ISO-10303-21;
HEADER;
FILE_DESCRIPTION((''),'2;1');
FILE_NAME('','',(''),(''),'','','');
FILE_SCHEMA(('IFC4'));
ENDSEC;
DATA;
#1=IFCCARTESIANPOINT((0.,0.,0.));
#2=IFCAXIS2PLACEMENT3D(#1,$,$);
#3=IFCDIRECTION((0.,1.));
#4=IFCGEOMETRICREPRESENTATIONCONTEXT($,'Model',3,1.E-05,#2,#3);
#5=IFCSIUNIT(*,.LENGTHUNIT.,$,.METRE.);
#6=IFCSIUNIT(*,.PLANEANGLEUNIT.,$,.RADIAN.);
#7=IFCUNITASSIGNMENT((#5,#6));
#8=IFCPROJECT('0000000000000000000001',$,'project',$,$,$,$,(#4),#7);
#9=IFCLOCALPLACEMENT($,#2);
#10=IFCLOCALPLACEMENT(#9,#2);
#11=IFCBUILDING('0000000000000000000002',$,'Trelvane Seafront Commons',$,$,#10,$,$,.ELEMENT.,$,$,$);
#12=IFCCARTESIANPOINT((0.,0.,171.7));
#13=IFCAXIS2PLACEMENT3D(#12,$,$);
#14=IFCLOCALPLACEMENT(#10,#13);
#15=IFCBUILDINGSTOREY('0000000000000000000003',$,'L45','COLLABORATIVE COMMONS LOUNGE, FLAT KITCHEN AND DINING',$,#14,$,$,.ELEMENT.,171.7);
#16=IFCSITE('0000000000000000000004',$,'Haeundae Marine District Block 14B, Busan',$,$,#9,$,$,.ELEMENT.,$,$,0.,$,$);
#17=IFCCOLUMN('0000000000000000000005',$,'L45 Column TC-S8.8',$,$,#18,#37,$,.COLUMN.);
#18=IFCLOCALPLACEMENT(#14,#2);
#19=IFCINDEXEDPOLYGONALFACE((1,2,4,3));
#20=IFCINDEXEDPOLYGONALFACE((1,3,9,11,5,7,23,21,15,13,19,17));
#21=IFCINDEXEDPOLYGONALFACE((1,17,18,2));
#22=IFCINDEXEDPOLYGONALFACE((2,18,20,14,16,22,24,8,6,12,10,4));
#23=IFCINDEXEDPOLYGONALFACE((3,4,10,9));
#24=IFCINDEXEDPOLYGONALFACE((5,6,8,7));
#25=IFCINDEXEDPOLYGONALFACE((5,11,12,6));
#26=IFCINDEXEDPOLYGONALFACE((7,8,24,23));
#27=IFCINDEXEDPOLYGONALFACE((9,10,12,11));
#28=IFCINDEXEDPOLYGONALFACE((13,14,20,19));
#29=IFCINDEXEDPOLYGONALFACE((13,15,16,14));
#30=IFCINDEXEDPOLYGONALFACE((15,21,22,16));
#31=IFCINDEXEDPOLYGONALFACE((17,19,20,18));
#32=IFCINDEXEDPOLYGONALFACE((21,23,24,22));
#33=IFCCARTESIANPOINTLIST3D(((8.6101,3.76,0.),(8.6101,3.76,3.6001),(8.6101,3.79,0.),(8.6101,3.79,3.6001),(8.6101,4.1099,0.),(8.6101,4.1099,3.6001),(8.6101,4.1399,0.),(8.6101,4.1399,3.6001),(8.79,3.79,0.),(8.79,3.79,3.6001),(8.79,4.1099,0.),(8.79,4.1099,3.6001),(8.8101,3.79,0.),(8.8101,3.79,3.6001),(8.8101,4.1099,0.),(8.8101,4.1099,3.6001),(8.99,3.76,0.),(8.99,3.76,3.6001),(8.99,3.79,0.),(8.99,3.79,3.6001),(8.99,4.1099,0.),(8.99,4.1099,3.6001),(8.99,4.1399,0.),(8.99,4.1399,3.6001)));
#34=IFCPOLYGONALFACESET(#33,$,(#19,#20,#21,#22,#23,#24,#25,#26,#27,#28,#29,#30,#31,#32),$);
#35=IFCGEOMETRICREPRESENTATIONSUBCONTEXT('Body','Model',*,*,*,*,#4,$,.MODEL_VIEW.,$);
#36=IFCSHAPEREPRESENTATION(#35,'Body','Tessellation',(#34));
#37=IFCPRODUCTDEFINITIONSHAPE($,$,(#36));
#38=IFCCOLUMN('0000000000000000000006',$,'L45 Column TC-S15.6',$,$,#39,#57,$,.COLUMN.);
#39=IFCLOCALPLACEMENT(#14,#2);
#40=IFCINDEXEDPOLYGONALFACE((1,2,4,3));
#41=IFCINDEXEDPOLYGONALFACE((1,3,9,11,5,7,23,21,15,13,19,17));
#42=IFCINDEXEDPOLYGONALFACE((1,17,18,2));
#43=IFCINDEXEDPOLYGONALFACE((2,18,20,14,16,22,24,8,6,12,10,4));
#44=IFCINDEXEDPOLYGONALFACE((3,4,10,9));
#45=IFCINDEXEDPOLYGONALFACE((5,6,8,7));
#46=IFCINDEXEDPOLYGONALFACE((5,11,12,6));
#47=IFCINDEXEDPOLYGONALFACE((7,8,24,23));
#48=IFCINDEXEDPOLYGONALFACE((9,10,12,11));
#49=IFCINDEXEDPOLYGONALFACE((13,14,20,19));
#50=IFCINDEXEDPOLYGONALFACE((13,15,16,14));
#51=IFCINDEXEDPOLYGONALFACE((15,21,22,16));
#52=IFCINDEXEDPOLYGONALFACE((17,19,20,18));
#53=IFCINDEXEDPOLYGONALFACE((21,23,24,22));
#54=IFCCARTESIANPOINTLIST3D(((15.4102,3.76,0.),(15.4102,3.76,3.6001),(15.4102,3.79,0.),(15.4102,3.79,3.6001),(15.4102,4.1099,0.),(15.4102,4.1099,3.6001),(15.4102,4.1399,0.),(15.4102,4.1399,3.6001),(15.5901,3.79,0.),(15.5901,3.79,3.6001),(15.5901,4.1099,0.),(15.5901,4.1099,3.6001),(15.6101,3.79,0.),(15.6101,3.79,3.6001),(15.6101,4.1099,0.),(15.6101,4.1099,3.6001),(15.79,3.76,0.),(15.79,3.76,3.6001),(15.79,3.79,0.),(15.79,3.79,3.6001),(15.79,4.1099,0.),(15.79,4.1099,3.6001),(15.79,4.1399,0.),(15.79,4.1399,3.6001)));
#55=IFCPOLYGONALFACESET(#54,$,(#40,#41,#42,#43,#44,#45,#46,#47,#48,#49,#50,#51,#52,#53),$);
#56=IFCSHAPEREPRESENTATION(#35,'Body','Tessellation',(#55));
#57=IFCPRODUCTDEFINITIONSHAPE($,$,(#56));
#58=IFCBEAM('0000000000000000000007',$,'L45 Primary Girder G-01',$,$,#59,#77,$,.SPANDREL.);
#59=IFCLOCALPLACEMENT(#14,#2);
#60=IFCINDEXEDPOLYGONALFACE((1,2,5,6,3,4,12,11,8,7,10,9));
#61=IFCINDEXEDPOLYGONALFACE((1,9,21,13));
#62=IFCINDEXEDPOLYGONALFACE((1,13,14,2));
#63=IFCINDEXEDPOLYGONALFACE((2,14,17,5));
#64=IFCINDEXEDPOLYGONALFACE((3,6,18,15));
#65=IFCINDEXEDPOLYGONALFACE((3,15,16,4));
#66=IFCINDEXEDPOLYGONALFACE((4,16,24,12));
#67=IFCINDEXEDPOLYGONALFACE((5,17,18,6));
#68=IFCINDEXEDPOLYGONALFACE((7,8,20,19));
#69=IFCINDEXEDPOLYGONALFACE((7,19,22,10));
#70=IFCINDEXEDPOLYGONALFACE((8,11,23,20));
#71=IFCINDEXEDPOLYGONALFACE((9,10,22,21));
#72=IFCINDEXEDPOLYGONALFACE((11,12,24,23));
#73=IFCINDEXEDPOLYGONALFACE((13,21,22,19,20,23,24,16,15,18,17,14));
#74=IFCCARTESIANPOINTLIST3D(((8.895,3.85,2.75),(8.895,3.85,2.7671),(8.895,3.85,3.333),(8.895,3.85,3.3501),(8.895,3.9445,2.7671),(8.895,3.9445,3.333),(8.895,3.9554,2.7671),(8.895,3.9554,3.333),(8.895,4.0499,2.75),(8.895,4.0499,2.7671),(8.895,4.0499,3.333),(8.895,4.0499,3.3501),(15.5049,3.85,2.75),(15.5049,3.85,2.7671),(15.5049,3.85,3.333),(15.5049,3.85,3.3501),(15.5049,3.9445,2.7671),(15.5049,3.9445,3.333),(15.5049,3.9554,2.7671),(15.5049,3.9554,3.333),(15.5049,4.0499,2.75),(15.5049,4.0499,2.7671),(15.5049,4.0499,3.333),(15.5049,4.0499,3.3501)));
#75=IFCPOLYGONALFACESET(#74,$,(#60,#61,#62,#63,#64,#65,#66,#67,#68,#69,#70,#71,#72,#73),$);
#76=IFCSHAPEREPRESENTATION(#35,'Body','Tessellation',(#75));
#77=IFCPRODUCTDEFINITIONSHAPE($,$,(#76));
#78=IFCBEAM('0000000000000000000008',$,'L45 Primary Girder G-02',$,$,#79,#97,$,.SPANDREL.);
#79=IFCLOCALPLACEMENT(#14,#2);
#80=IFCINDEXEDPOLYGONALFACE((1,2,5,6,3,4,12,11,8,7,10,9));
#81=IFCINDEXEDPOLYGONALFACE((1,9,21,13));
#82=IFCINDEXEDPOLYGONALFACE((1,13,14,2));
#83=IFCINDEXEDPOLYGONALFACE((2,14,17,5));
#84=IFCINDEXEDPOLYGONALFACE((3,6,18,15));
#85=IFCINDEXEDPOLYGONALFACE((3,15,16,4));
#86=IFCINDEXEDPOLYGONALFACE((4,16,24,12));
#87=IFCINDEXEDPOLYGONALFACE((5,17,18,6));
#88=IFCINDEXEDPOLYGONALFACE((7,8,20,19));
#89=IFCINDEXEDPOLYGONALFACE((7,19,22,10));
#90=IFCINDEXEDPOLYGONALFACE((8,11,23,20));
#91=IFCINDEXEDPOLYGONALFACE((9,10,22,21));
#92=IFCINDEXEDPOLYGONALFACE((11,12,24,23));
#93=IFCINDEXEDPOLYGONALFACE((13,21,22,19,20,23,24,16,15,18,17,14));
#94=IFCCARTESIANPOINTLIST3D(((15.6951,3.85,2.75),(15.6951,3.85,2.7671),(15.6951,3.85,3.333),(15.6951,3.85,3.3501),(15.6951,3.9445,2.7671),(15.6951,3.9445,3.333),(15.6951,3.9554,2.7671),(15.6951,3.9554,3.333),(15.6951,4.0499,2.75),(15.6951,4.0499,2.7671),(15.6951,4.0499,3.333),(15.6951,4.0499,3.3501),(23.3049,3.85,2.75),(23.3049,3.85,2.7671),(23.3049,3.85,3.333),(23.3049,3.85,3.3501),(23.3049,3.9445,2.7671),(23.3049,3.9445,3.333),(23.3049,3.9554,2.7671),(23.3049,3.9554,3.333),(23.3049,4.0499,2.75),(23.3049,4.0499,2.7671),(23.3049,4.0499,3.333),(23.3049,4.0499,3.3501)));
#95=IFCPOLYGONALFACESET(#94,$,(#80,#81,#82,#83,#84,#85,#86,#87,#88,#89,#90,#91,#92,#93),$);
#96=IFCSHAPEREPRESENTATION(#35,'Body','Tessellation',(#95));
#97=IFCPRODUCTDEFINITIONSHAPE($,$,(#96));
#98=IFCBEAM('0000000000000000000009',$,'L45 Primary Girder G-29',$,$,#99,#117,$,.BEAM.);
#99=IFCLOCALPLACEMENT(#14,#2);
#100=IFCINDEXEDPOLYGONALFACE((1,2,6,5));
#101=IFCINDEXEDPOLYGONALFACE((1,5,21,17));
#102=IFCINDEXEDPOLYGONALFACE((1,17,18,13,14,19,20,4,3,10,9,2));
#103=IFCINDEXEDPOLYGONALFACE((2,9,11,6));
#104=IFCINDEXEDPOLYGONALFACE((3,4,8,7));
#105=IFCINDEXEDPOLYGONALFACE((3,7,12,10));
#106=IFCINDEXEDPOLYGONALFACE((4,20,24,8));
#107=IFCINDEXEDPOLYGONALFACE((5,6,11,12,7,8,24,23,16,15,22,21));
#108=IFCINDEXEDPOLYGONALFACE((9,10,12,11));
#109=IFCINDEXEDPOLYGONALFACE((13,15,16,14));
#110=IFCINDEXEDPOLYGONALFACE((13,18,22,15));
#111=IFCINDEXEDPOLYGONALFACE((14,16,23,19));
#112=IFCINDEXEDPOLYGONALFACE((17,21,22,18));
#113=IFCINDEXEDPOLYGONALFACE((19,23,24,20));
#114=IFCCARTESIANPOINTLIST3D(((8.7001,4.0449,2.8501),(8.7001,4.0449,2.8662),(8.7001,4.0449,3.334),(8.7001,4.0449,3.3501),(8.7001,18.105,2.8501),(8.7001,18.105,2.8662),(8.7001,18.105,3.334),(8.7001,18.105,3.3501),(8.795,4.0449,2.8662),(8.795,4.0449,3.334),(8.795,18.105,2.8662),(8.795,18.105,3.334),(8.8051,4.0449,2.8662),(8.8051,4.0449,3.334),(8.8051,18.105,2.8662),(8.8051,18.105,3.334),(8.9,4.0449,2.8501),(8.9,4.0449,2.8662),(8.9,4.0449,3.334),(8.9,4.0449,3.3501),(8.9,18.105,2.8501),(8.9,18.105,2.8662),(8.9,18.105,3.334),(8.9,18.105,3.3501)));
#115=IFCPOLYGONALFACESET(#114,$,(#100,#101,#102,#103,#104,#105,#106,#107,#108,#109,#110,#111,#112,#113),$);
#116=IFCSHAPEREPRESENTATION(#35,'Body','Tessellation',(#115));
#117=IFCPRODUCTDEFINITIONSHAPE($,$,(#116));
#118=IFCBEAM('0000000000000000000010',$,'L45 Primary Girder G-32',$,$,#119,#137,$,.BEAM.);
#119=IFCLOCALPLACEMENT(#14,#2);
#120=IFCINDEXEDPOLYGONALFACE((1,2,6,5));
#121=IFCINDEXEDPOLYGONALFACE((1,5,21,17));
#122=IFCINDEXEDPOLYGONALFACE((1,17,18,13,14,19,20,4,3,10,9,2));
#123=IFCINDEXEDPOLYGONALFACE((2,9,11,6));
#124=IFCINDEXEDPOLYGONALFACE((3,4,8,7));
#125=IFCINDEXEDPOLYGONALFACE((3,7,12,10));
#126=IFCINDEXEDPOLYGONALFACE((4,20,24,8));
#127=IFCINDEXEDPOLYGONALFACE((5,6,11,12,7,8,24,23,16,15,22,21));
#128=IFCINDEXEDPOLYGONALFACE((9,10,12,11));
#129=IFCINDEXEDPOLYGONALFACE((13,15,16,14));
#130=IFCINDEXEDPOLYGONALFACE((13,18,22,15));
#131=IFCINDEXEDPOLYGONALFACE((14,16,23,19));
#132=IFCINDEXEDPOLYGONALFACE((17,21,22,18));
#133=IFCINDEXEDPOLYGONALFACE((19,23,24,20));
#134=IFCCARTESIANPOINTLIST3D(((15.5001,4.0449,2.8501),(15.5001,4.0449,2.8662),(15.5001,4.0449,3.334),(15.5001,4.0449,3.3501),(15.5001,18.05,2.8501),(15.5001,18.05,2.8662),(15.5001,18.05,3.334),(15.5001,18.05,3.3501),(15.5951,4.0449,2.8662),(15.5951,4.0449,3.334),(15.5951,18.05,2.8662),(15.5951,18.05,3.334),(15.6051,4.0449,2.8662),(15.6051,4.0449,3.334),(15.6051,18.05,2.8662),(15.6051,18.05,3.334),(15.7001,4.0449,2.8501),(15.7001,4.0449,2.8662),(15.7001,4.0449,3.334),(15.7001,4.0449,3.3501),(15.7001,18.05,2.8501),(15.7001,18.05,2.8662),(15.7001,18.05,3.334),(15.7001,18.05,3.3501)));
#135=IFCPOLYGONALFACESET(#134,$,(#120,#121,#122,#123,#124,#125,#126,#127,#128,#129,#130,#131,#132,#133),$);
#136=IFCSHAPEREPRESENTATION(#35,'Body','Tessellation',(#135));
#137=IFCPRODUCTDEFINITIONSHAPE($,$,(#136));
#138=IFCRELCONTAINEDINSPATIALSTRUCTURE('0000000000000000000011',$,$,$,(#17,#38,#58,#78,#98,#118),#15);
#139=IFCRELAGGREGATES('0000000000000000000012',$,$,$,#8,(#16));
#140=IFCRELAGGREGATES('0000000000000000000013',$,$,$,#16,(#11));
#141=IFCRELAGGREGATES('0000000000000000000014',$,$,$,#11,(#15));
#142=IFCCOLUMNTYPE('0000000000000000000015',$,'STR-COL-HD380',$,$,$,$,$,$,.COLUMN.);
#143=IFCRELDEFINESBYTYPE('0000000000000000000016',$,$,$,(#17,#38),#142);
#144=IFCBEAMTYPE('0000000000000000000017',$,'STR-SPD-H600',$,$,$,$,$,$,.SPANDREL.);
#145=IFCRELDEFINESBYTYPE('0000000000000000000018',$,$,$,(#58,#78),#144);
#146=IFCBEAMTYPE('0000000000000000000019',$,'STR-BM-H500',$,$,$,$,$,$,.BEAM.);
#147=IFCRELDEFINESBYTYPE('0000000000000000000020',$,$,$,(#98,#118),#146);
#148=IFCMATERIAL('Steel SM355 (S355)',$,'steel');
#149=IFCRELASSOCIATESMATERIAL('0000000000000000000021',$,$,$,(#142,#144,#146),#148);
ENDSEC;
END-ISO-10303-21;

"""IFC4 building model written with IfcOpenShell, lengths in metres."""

from ifc_helpers import new_model, si_unit, direction, frame, origin, origin_2d, place, context, subcontext, project, spatial, i_section, extrude, source, transform, mapped, material, material_profile, profile_set, type_object, element, save


model = new_model("IFC4")

# Units and contexts
model_context = context("Model", 3, precision=1e-05, world=origin(), true_north=direction((0.0, 1.0)))
body_context = subcontext(model_context, "Body", "Model", "MODEL_VIEW")
ifc_project = project(units=[si_unit("LENGTHUNIT", "METRE"), si_unit("PLANEANGLEUNIT", "RADIAN")], contexts=[model_context])

# Site, building, storey
site_placement = place(None, origin())
site = spatial("IfcSite", under=ifc_project, at=site_placement, Name="Haeundae Marine District Block 14B, Busan", CompositionType="ELEMENT", RefElevation=0.0)
building_placement = place(site_placement, origin())
building = spatial("IfcBuilding", under=site, at=building_placement, Name="Trelvane Seafront Commons", CompositionType="ELEMENT")
storey_placement = place(building_placement, frame((0.0, 0.0, 171.7)))
storey = spatial("IfcBuildingStorey", under=building, at=storey_placement, Name="L45", Description="COLLABORATIVE COMMONS LOUNGE, FLAT KITCHEN AND DINING", CompositionType="ELEMENT", Elevation=171.7)

# Columns
ifc_material_1 = material(Name="Steel SM355 (S355)", Category="steel")
ifc_material_profile_1 = material_profile(ifc_material_1, i_section(OverallWidth=0.3799, OverallDepth=0.3799, WebThickness=0.02, FlangeThickness=0.03, at=origin_2d()), Name="HD-380x380x20x30")
ifc_profile_set_1 = profile_set([ifc_material_profile_1], Name="Steel SM355 (S355)")
column_type = type_object("IfcColumnType", Name="STR-COL-HD380", PredefinedType="COLUMN", material=ifc_profile_set_1)
shared_shape_1 = source(origin(), body_context, "Body", "SweptSolid", [
    extrude(i_section(OverallWidth=0.3799, OverallDepth=0.3799, WebThickness=0.02, FlangeThickness=0.03, at=origin_2d()), origin(), (0.0, 0.0, 1.0), 3.6001),
])
for number, where, z_axis, x_axis, name in (
    (1, (8.8, 3.95, 0.0), (0.0, 0.0, 1.0), (1.0, 0.0, 0.0), "L45 Column TC-S8.8"),
    (2, (15.6001, 3.95, 0.0), (0.0, 0.0, 1.0), (1.0, 0.0, 0.0), "L45 Column TC-S15.6"),
):
    element("IfcColumn", number, at=place(storey_placement, frame(where, z_axis=z_axis, x_axis=x_axis)), inside=storey, type_object=column_type, Name=name, PredefinedType="COLUMN", context=body_context, shape_type="MappedRepresentation", body=[
        mapped(shared_shape_1, transform((0.0, 0.0, 0.0), x_axis=(1.0, 0.0, 0.0), y_axis=(0.0, 1.0, 0.0), z_axis=(0.0, 0.0, 1.0), scale=1.0)),
    ])

# Beams
ifc_material_profile_2 = material_profile(ifc_material_1, i_section(OverallWidth=0.2, OverallDepth=0.6001, WebThickness=0.011, FlangeThickness=0.0171, at=origin_2d()), Name="H-600x200x11x17")
ifc_profile_set_2 = profile_set([ifc_material_profile_2], Name="Steel SM355 (S355)")
beam_type_1 = type_object("IfcBeamType", Name="STR-SPD-H600", PredefinedType="SPANDREL", material=ifc_profile_set_2)
shared_shape_2 = source(origin(), body_context, "Body", "SweptSolid", [
    extrude(i_section(OverallWidth=0.2, OverallDepth=0.6001, WebThickness=0.011, FlangeThickness=0.0171, at=origin_2d()), origin(), (0.0, 0.0, 1.0), 6.6099),
])
beam_1_placement = place(storey_placement, frame((8.895, 3.95, 3.05), z_axis=(1.0, 0.0, 0.0), x_axis=(0.0, 1.0, 0.0)))
element("IfcBeam", 3, at=beam_1_placement, inside=storey, type_object=beam_type_1, Name="L45 Primary Girder G-01", PredefinedType="SPANDREL", context=body_context, shape_type="MappedRepresentation", body=[
    mapped(shared_shape_2, transform((0.0, 0.0, 0.0), x_axis=(1.0, 0.0, 0.0), y_axis=(0.0, 1.0, 0.0), z_axis=(0.0, 0.0, 1.0), scale=1.0)),
])
shared_shape_3 = source(origin(), body_context, "Body", "SweptSolid", [
    extrude(i_section(OverallWidth=0.2, OverallDepth=0.6001, WebThickness=0.011, FlangeThickness=0.0171, at=origin_2d()), origin(), (0.0, 0.0, 1.0), 7.6099),
])
beam_2_placement = place(storey_placement, frame((15.6951, 3.95, 3.05), z_axis=(1.0, 0.0, 0.0), x_axis=(0.0, 1.0, 0.0)))
element("IfcBeam", 4, at=beam_2_placement, inside=storey, type_object=beam_type_1, Name="L45 Primary Girder G-02", PredefinedType="SPANDREL", context=body_context, shape_type="MappedRepresentation", body=[
    mapped(shared_shape_3, transform((0.0, 0.0, 0.0), x_axis=(1.0, 0.0, 0.0), y_axis=(0.0, 1.0, 0.0), z_axis=(0.0, 0.0, 1.0), scale=1.0)),
])
ifc_material_profile_3 = material_profile(ifc_material_1, i_section(OverallWidth=0.2, OverallDepth=0.5, WebThickness=0.01, FlangeThickness=0.0161, at=origin_2d()), Name="H-500x200x10x16")
ifc_profile_set_3 = profile_set([ifc_material_profile_3], Name="Steel SM355 (S355)")
beam_type_2 = type_object("IfcBeamType", Name="STR-BM-H500", PredefinedType="BEAM", material=ifc_profile_set_3)
shared_shape_4 = source(origin(), body_context, "Body", "SweptSolid", [
    extrude(i_section(OverallWidth=0.2, OverallDepth=0.5, WebThickness=0.01, FlangeThickness=0.0161, at=origin_2d()), origin(), (0.0, 0.0, 1.0), 14.0601),
])
beam_3_placement = place(storey_placement, frame((8.8, 4.0449, 3.1001), z_axis=(0.0, 1.0, 0.0), x_axis=(-1.0, 0.0, 0.0)))
element("IfcBeam", 5, at=beam_3_placement, inside=storey, type_object=beam_type_2, Name="L45 Primary Girder G-29", PredefinedType="BEAM", context=body_context, shape_type="MappedRepresentation", body=[
    mapped(shared_shape_4, transform((0.0, 0.0, 0.0), x_axis=(1.0, 0.0, 0.0), y_axis=(0.0, 1.0, 0.0), z_axis=(0.0, 0.0, 1.0), scale=1.0)),
])
shared_shape_5 = source(origin(), body_context, "Body", "SweptSolid", [
    extrude(i_section(OverallWidth=0.2, OverallDepth=0.5, WebThickness=0.01, FlangeThickness=0.0161, at=origin_2d()), origin(), (0.0, 0.0, 1.0), 14.0051),
])
beam_4_placement = place(storey_placement, frame((15.6001, 4.0449, 3.1001), z_axis=(0.0, 1.0, 0.0), x_axis=(-1.0, 0.0, 0.0)))
element("IfcBeam", 6, at=beam_4_placement, inside=storey, type_object=beam_type_2, Name="L45 Primary Girder G-32", PredefinedType="BEAM", context=body_context, shape_type="MappedRepresentation", body=[
    mapped(shared_shape_5, transform((0.0, 0.0, 0.0), x_axis=(1.0, 0.0, 0.0), y_axis=(0.0, 1.0, 0.0), z_axis=(0.0, 0.0, 1.0), scale=1.0)),
])

save(model, "model.ifc")
